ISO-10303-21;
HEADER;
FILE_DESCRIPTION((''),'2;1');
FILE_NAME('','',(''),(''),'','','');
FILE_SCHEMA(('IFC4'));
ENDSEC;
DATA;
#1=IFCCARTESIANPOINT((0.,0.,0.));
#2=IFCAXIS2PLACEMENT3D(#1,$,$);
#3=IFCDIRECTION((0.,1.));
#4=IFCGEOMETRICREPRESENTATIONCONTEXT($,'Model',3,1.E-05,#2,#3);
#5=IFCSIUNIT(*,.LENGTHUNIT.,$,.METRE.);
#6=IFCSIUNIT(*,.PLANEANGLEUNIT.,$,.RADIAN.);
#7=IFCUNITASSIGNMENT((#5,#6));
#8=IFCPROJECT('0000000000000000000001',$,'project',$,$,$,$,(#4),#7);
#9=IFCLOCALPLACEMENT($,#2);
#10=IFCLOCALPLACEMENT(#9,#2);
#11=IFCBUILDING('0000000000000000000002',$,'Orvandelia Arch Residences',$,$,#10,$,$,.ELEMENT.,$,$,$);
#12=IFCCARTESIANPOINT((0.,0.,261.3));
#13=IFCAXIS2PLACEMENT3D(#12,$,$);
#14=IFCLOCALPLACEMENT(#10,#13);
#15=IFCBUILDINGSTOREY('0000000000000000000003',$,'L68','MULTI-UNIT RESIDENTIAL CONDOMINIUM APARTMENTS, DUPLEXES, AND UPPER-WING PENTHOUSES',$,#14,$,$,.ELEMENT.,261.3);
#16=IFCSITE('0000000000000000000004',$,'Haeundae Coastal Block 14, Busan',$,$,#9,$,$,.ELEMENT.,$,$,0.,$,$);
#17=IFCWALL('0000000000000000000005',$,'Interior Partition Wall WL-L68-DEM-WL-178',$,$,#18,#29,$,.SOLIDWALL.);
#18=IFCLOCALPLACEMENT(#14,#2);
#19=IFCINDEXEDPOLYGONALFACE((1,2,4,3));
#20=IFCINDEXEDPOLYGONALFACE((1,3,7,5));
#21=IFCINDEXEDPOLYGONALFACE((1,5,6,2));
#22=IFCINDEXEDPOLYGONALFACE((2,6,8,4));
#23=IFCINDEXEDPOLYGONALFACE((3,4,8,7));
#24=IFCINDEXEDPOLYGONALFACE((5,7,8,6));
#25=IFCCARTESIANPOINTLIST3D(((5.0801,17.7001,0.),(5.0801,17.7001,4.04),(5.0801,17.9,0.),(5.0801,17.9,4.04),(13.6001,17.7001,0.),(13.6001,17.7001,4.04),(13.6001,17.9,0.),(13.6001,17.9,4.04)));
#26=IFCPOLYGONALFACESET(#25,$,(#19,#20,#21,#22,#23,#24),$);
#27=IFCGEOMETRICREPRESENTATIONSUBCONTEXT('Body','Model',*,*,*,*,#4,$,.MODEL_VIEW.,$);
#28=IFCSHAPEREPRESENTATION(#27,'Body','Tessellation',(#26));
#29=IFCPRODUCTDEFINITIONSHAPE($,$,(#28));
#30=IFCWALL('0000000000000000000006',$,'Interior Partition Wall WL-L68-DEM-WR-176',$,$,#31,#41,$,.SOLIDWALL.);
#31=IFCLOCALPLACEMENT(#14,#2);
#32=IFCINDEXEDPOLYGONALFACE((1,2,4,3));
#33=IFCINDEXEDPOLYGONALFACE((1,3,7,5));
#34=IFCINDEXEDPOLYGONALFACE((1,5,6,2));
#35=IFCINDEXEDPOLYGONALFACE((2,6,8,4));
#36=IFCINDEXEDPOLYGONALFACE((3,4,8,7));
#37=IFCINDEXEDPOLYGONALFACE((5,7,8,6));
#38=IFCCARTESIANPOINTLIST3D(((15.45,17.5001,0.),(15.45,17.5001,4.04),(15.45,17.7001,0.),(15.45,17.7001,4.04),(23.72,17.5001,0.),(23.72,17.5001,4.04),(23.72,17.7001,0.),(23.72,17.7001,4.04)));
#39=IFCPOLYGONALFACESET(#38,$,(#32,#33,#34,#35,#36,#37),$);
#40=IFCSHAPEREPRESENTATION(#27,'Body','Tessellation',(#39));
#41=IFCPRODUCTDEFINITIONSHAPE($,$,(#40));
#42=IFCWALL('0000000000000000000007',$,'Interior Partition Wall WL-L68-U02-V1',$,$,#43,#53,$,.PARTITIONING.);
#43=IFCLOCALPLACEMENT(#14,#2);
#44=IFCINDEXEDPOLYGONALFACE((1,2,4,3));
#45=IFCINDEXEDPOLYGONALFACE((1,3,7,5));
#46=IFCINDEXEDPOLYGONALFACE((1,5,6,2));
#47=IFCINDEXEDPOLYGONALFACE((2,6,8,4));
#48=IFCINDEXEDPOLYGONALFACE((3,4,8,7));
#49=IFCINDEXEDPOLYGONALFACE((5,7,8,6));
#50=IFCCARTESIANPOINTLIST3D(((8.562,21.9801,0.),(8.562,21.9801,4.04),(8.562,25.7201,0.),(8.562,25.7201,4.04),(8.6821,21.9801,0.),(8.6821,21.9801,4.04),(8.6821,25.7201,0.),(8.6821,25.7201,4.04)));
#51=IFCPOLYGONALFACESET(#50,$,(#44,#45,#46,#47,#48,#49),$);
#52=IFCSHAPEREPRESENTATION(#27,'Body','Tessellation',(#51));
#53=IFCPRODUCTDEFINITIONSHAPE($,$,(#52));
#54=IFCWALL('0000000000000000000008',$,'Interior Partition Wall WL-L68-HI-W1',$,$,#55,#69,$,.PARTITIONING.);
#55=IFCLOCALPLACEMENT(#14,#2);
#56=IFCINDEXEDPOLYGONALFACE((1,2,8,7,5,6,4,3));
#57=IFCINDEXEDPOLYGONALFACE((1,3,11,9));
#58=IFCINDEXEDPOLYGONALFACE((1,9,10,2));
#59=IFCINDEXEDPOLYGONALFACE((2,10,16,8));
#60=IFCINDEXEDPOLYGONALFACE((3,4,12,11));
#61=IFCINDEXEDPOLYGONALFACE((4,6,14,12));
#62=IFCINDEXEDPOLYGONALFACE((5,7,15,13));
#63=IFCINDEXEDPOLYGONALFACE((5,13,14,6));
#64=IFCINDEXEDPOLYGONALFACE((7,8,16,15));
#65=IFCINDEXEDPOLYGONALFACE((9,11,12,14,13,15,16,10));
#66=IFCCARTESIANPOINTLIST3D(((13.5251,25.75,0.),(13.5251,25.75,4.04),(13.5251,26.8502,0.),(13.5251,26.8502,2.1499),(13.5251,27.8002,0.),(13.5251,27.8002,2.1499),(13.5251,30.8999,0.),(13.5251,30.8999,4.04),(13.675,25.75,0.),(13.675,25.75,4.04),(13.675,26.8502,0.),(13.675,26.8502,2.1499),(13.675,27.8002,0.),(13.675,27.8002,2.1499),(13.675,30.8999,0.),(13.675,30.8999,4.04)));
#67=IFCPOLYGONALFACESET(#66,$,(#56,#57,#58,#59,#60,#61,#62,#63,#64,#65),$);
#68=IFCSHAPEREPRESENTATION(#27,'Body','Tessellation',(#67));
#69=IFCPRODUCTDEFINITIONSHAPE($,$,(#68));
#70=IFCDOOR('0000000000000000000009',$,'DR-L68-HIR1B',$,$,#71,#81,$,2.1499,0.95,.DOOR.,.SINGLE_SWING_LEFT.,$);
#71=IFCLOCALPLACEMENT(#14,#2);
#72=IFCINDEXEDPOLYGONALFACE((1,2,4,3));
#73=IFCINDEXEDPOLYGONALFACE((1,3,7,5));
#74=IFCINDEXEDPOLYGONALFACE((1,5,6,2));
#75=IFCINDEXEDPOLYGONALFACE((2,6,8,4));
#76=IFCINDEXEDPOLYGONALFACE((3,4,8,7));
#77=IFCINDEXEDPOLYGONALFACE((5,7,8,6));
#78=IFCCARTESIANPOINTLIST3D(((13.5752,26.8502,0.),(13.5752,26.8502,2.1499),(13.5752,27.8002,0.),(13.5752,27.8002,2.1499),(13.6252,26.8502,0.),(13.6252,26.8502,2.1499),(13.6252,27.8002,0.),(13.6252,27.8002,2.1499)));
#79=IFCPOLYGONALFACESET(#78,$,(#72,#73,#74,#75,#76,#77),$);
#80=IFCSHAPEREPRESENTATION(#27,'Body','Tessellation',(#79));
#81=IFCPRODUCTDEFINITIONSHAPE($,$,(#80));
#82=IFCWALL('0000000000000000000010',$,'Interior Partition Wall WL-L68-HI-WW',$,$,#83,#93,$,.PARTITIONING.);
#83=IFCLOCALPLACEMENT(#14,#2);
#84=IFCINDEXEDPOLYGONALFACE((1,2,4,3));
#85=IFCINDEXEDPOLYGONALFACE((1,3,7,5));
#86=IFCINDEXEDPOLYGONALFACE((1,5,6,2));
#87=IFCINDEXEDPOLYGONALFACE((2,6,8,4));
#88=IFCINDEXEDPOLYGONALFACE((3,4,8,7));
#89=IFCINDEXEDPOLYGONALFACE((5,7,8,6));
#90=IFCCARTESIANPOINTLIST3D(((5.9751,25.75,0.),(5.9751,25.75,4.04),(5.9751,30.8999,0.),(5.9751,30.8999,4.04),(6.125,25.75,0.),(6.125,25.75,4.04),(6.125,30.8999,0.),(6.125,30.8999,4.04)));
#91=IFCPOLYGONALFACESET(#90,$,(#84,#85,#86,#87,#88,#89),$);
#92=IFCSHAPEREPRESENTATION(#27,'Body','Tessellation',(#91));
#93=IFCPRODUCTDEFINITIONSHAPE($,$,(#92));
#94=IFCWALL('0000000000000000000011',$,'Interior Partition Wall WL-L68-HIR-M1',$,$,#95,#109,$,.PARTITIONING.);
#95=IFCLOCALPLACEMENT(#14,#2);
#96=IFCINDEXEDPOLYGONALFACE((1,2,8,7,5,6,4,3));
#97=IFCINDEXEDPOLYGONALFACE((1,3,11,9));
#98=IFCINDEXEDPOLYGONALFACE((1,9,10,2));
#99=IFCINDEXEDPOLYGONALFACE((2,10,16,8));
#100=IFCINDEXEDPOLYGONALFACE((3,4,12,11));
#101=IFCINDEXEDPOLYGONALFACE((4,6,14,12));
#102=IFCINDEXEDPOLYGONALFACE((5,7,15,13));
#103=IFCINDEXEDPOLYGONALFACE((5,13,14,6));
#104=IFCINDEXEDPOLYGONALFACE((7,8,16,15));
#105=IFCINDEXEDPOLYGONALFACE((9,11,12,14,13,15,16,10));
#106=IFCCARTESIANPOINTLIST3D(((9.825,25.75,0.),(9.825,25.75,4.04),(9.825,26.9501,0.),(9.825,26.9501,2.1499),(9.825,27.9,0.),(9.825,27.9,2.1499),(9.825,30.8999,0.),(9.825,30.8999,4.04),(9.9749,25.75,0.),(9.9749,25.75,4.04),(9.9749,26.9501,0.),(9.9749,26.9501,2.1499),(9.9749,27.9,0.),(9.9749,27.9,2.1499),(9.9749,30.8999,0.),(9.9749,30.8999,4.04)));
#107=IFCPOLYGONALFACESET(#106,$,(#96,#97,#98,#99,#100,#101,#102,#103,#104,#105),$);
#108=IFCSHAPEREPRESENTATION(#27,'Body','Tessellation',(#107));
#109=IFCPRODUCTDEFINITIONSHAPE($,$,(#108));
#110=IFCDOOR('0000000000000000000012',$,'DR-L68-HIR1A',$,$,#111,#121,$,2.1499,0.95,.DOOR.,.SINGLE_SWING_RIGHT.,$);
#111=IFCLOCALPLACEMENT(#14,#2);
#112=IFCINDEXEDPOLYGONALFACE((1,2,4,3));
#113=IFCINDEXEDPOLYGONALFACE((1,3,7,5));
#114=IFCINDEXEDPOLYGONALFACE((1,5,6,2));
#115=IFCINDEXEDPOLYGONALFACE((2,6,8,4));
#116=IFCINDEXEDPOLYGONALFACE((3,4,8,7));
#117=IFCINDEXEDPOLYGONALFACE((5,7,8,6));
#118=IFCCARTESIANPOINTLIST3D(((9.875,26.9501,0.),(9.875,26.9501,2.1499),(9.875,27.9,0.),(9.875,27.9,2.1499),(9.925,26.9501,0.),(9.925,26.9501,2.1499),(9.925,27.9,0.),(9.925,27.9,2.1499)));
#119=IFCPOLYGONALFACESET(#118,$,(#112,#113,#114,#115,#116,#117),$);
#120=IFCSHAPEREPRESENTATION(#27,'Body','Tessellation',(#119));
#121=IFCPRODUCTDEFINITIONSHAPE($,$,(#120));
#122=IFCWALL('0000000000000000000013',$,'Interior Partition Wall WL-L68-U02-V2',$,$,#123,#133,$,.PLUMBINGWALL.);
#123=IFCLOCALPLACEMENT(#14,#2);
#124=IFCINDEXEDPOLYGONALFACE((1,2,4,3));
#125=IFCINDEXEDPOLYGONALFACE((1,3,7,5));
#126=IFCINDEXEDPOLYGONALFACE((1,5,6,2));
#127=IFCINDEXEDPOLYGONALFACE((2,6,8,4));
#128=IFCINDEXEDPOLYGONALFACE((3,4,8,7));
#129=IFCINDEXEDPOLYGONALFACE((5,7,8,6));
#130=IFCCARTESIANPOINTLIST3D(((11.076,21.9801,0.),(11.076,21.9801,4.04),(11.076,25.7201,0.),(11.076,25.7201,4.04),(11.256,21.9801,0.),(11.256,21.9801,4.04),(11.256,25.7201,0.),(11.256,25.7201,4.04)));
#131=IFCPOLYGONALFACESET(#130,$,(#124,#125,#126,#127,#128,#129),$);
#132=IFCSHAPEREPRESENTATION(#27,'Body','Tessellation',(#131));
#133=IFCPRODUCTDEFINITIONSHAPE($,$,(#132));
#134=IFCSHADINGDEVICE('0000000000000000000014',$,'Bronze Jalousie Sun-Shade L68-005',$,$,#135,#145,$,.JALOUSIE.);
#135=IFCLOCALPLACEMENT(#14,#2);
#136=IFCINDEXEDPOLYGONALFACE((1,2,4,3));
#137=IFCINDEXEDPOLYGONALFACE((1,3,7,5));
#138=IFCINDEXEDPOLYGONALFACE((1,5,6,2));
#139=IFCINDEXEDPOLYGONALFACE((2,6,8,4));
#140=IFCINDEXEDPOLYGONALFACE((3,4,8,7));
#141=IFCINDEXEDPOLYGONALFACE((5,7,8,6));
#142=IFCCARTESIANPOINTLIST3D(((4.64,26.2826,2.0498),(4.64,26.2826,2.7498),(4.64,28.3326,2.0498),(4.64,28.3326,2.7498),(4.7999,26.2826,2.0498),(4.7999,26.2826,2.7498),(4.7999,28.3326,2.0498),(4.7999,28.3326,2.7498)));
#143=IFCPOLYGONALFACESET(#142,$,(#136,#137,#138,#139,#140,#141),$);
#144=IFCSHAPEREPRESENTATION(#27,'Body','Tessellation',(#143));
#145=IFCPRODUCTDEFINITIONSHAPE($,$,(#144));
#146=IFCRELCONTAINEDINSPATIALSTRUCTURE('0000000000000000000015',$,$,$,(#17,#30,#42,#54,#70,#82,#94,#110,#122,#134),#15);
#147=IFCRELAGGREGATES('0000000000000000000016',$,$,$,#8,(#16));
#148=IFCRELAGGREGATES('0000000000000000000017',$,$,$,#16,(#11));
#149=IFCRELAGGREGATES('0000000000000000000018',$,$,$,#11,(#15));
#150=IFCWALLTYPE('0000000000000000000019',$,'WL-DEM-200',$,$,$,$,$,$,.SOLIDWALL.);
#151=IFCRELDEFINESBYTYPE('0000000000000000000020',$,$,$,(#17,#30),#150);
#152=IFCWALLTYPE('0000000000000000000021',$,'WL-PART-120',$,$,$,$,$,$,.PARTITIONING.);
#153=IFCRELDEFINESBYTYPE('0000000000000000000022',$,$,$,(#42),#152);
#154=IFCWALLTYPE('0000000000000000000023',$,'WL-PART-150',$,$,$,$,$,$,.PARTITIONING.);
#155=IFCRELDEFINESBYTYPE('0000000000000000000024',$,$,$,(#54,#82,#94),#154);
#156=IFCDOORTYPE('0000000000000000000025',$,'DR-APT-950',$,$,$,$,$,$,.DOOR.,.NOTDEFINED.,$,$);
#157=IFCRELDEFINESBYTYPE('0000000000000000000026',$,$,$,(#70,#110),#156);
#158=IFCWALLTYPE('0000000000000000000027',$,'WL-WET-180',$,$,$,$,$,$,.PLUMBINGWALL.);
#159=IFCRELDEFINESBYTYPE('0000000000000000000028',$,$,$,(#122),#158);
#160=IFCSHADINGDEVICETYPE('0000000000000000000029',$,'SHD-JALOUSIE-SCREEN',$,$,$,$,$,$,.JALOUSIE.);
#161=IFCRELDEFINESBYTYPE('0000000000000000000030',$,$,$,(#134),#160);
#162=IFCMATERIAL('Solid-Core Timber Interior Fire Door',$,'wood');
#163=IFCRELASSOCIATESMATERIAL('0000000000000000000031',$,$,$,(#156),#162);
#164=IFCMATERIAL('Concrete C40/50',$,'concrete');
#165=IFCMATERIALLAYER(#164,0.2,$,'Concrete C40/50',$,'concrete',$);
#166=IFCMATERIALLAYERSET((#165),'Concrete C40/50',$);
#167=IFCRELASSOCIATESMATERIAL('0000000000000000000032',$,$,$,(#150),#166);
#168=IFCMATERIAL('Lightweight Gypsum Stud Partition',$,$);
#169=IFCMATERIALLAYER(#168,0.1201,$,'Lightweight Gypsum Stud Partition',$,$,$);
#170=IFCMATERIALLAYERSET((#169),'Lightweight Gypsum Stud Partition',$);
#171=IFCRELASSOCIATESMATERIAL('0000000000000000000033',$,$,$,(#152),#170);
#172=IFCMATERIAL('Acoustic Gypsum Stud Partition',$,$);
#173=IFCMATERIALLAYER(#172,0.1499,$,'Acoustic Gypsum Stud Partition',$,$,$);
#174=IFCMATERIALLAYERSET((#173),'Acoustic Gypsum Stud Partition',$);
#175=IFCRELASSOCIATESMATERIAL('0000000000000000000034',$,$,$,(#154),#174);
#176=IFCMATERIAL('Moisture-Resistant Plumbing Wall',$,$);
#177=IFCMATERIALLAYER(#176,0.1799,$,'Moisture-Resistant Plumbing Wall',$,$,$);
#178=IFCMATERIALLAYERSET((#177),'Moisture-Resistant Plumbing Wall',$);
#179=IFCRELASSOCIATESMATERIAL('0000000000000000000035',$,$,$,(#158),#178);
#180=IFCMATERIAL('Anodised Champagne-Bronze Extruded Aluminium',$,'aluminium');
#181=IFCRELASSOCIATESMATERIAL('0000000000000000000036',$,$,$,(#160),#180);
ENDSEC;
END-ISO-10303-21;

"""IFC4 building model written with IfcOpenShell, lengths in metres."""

from ifc_helpers import new_model, si_unit, direction, frame, frame_2d, origin, origin_2d, place, context, subcontext, project, spatial, rectangle, extrude, material, layer, layer_set, type_object, element, fill, save


model = new_model("IFC4")

# Units and contexts
model_context = context("Model", 3, precision=1e-05, world=origin(), true_north=direction((0.0, 1.0)))
body_context = subcontext(model_context, "Body", "Model", "MODEL_VIEW")
ifc_project = project(units=[si_unit("LENGTHUNIT", "METRE"), si_unit("PLANEANGLEUNIT", "RADIAN")], contexts=[model_context])

# Site, building, storey
site_placement = place(None, origin())
site = spatial("IfcSite", under=ifc_project, at=site_placement, Name="Haeundae Coastal Block 14, Busan", CompositionType="ELEMENT", RefElevation=0.0)
building_placement = place(site_placement, origin())
building = spatial("IfcBuilding", under=site, at=building_placement, Name="Orvandelia Arch Residences", CompositionType="ELEMENT")
storey_placement = place(building_placement, frame((0.0, 0.0, 261.3)))
storey = spatial("IfcBuildingStorey", under=building, at=storey_placement, Name="L68", Description="MULTI-UNIT RESIDENTIAL CONDOMINIUM APARTMENTS, DUPLEXES, AND UPPER-WING PENTHOUSES", CompositionType="ELEMENT", Elevation=261.3)

# Shared definitions
ifc_material_1 = material(Name="Solid-Core Timber Interior Fire Door", Category="wood")
door_type_1 = type_object("IfcDoorType", Name="DR-APT-950", OperationType="NOTDEFINED", PredefinedType="DOOR", material=ifc_material_1)

# Walls
ifc_material_2 = material(Name="Concrete C40/50", Category="concrete")
ifc_layer_1 = layer(ifc_material_2, 0.2, Name="Concrete C40/50", Category="concrete")
ifc_layer_set_1 = layer_set([ifc_layer_1], Name="Concrete C40/50")
wall_type_1 = type_object("IfcWallType", Name="WL-DEM-200", PredefinedType="SOLIDWALL", material=ifc_layer_set_1)
wall_1_placement = place(storey_placement, frame((5.0801, 17.8, 0.0), z_axis=(0.0, 0.0, 1.0), x_axis=(1.0, 0.0, 0.0)))
element("IfcWall", 1, at=wall_1_placement, inside=storey, type_object=wall_type_1, Name="Interior Partition Wall WL-L68-DEM-WL-178", PredefinedType="SOLIDWALL", context=body_context, shape_type="SweptSolid", body=[
    extrude(rectangle(XDim=8.52, YDim=0.2, at=frame_2d((4.26, 0.0))), origin(), (0.0, 0.0, 1.0), 4.04),
])
wall_2_placement = place(storey_placement, frame((15.45, 17.6001, 0.0), z_axis=(0.0, 0.0, 1.0), x_axis=(1.0, 0.0, 0.0)))
element("IfcWall", 2, at=wall_2_placement, inside=storey, type_object=wall_type_1, Name="Interior Partition Wall WL-L68-DEM-WR-176", PredefinedType="SOLIDWALL", context=body_context, shape_type="SweptSolid", body=[
    extrude(rectangle(XDim=8.27, YDim=0.2, at=frame_2d((4.135, 0.0))), origin(), (0.0, 0.0, 1.0), 4.04),
])
ifc_material_3 = material(Name="Lightweight Gypsum Stud Partition")
ifc_layer_2 = layer(ifc_material_3, 0.1201, Name="Lightweight Gypsum Stud Partition")
ifc_layer_set_2 = layer_set([ifc_layer_2], Name="Lightweight Gypsum Stud Partition")
wall_type_2 = type_object("IfcWallType", Name="WL-PART-120", PredefinedType="PARTITIONING", material=ifc_layer_set_2)
wall_3_placement = place(storey_placement, frame((8.6221, 21.98, 0.0), z_axis=(0.0, 0.0, 1.0), x_axis=(0.0, 1.0, 0.0)))
element("IfcWall", 3, at=wall_3_placement, inside=storey, type_object=wall_type_2, Name="Interior Partition Wall WL-L68-U02-V1", PredefinedType="PARTITIONING", context=body_context, shape_type="SweptSolid", body=[
    extrude(rectangle(XDim=3.74, YDim=0.1201, at=frame_2d((1.8701, 0.0))), origin(), (0.0, 0.0, 1.0), 4.04),
])

# Wall, opening, door
ifc_material_4 = material(Name="Acoustic Gypsum Stud Partition")
ifc_layer_3 = layer(ifc_material_4, 0.1499, Name="Acoustic Gypsum Stud Partition")
ifc_layer_set_3 = layer_set([ifc_layer_3], Name="Acoustic Gypsum Stud Partition")
wall_type_3 = type_object("IfcWallType", Name="WL-PART-150", PredefinedType="PARTITIONING", material=ifc_layer_set_3)
wall_4_placement = place(storey_placement, frame((13.6001, 25.75, 0.0), z_axis=(0.0, 0.0, 1.0), x_axis=(0.0, 1.0, 0.0)))
wall_4 = element("IfcWall", 4, at=wall_4_placement, inside=storey, type_object=wall_type_3, Name="Interior Partition Wall WL-L68-HI-W1", PredefinedType="PARTITIONING", context=body_context, shape_type="SweptSolid", body=[
    extrude(rectangle(XDim=5.1499, YDim=0.1499, at=frame_2d((2.575, 0.0))), origin(), (0.0, 0.0, 1.0), 4.04),
])
opening_1_placement = place(wall_4_placement, frame((1.1001, 0.0, 0.0)))
opening_1 = element("IfcOpeningElement", 5, at=opening_1_placement, cuts=wall_4, PredefinedType="OPENING", context=body_context, shape_type="SweptSolid", body=[
    extrude(rectangle(XDim=0.95, YDim=2.1499, at=frame_2d((0.4751, 1.075))), frame((0.0, 0.085, 0.0), z_axis=(0.0, -1.0, 0.0), x_axis=(1.0, 0.0, 0.0)), (0.0, 0.0, 1.0), 0.1699),
])
door_1_placement = place(opening_1_placement, origin())
door_1 = element("IfcDoor", 6, at=door_1_placement, inside=storey, type_object=door_type_1, Name="DR-L68-HIR1B", OperationType="SINGLE_SWING_LEFT", OverallHeight=2.1499, OverallWidth=0.95, PredefinedType="DOOR", context=body_context, shape_type="SweptSolid", body=[
    extrude(rectangle(XDim=0.95, YDim=2.1499, at=frame_2d((0.4751, 1.075))), frame((0.0, 0.0249, 0.0), z_axis=(0.0, -1.0, 0.0), x_axis=(1.0, 0.0, 0.0)), (0.0, 0.0, 1.0), 0.05),
])
fill(opening_1, door_1)

# Wall
wall_5_placement = place(storey_placement, frame((6.05, 25.75, 0.0), z_axis=(0.0, 0.0, 1.0), x_axis=(0.0, 1.0, 0.0)))
element("IfcWall", 7, at=wall_5_placement, inside=storey, type_object=wall_type_3, Name="Interior Partition Wall WL-L68-HI-WW", PredefinedType="PARTITIONING", context=body_context, shape_type="SweptSolid", body=[
    extrude(rectangle(XDim=5.1499, YDim=0.1499, at=frame_2d((2.575, 0.0))), origin(), (0.0, 0.0, 1.0), 4.04),
])

# Wall, opening, door
wall_6_placement = place(storey_placement, frame((9.8999, 25.75, 0.0), z_axis=(0.0, 0.0, 1.0), x_axis=(0.0, 1.0, 0.0)))
wall_6 = element("IfcWall", 8, at=wall_6_placement, inside=storey, type_object=wall_type_3, Name="Interior Partition Wall WL-L68-HIR-M1", PredefinedType="PARTITIONING", context=body_context, shape_type="SweptSolid", body=[
    extrude(rectangle(XDim=5.1499, YDim=0.1499, at=frame_2d((2.575, 0.0))), origin(), (0.0, 0.0, 1.0), 4.04),
])
opening_2_placement = place(wall_6_placement, frame((1.2, 0.0, 0.0)))
opening_2 = element("IfcOpeningElement", 9, at=opening_2_placement, cuts=wall_6, PredefinedType="OPENING", context=body_context, shape_type="SweptSolid", body=[
    extrude(rectangle(XDim=0.95, YDim=2.1499, at=frame_2d((0.4751, 1.075))), frame((0.0, 0.085, 0.0), z_axis=(0.0, -1.0, 0.0), x_axis=(1.0, 0.0, 0.0)), (0.0, 0.0, 1.0), 0.1699),
])
door_2_placement = place(opening_2_placement, origin())
door_2 = element("IfcDoor", 10, at=door_2_placement, inside=storey, type_object=door_type_1, Name="DR-L68-HIR1A", OperationType="SINGLE_SWING_RIGHT", OverallHeight=2.1499, OverallWidth=0.95, PredefinedType="DOOR", context=body_context, shape_type="SweptSolid", body=[
    extrude(rectangle(XDim=0.95, YDim=2.1499, at=frame_2d((0.4751, 1.075))), frame((0.0, 0.0249, 0.0), z_axis=(0.0, -1.0, 0.0), x_axis=(1.0, 0.0, 0.0)), (0.0, 0.0, 1.0), 0.05),
])
fill(opening_2, door_2)

# Shared definitions
ifc_material_5 = material(Name="Moisture-Resistant Plumbing Wall")
ifc_layer_4 = layer(ifc_material_5, 0.1799, Name="Moisture-Resistant Plumbing Wall")
ifc_layer_set_4 = layer_set([ifc_layer_4], Name="Moisture-Resistant Plumbing Wall")
wall_type_4 = type_object("IfcWallType", Name="WL-WET-180", PredefinedType="PLUMBINGWALL", material=ifc_layer_set_4)

# Wall
wall_7_placement = place(storey_placement, frame((11.166, 21.98, 0.0), z_axis=(0.0, 0.0, 1.0), x_axis=(0.0, 1.0, 0.0)))
element("IfcWall", 11, at=wall_7_placement, inside=storey, type_object=wall_type_4, Name="Interior Partition Wall WL-L68-U02-V2", PredefinedType="PLUMBINGWALL", context=body_context, shape_type="SweptSolid", body=[
    extrude(rectangle(XDim=3.74, YDim=0.1799, at=frame_2d((1.8701, 0.0))), origin(), (0.0, 0.0, 1.0), 4.04),
])

# Shading device
ifc_material_6 = material(Name="Anodised Champagne-Bronze Extruded Aluminium", Category="aluminium")
shading_device_type = type_object("IfcShadingDeviceType", Name="SHD-JALOUSIE-SCREEN", PredefinedType="JALOUSIE", material=ifc_material_6)
shading_device_placement = place(storey_placement, frame((4.72, 27.3076, 2.0498), z_axis=(0.0, 0.0, 1.0), x_axis=(0.0, 1.0, 0.0)))
element("IfcShadingDevice", 12, at=shading_device_placement, inside=storey, type_object=shading_device_type, Name="Bronze Jalousie Sun-Shade L68-005", PredefinedType="JALOUSIE", context=body_context, shape_type="SweptSolid", body=[
    extrude(rectangle(XDim=2.05, YDim=0.1599, at=origin_2d()), origin(), (0.0, 0.0, 1.0), 0.7),
])

save(model, "model.ifc")
